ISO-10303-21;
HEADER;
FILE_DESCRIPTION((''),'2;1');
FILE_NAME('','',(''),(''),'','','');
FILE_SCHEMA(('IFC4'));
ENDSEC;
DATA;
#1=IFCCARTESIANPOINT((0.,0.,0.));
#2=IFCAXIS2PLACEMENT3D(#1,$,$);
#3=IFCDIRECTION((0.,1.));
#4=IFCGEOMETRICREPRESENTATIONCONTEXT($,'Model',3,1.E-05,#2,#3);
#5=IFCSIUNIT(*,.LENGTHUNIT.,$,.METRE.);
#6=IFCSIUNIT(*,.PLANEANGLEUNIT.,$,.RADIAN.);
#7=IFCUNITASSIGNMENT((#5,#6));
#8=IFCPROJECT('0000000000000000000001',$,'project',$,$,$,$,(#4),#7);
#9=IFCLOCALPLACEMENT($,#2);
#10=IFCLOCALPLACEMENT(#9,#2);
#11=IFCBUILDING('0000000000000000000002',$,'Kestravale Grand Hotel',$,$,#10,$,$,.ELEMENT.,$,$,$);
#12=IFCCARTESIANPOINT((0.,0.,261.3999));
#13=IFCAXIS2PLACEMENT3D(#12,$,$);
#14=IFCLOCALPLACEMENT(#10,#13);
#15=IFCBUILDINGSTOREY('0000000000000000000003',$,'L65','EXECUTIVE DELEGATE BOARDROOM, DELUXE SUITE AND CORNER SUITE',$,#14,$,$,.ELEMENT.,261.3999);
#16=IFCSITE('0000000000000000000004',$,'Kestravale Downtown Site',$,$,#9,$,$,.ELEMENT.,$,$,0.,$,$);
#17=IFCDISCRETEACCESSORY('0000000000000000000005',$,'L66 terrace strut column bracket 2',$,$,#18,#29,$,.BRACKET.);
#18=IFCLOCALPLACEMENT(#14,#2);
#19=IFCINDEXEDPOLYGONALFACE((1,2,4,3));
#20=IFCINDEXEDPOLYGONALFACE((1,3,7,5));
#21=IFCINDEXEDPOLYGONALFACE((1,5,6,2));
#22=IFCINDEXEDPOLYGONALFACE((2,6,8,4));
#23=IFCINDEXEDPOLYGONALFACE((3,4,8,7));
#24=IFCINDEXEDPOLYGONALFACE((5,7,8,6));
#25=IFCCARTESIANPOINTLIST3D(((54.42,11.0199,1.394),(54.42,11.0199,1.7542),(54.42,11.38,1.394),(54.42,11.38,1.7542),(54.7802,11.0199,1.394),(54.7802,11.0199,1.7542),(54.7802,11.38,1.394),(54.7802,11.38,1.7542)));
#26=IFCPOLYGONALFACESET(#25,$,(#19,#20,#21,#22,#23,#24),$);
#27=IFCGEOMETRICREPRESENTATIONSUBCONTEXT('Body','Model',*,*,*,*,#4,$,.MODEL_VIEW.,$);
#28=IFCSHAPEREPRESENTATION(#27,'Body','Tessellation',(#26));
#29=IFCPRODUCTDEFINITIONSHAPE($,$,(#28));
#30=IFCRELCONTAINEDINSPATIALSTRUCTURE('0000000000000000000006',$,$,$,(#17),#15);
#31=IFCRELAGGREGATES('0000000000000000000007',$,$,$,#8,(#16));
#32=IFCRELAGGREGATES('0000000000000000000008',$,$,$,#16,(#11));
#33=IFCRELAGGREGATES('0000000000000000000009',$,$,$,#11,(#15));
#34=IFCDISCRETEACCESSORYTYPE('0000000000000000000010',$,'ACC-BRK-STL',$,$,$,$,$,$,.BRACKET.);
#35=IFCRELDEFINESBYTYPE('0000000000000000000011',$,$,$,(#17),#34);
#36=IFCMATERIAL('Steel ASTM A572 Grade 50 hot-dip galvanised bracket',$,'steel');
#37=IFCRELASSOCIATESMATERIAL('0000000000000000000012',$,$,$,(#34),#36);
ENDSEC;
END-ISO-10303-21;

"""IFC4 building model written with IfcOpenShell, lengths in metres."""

from ifc_helpers import new_model, si_unit, direction, frame, origin, origin_2d, place, context, subcontext, project, spatial, rectangle, extrude, material, type_object, element, save


model = new_model("IFC4")

# Units and contexts
model_context = context("Model", 3, precision=1e-05, world=origin(), true_north=direction((0.0, 1.0)))
body_context = subcontext(model_context, "Body", "Model", "MODEL_VIEW")
ifc_project = project(units=[si_unit("LENGTHUNIT", "METRE"), si_unit("PLANEANGLEUNIT", "RADIAN")], contexts=[model_context])

# Site, building, storey
site_placement = place(None, origin())
site = spatial("IfcSite", under=ifc_project, at=site_placement, Name="Kestravale Downtown Site", CompositionType="ELEMENT", RefElevation=0.0)
building_placement = place(site_placement, origin())
building = spatial("IfcBuilding", under=site, at=building_placement, Name="Kestravale Grand Hotel", CompositionType="ELEMENT")
storey_placement = place(building_placement, frame((0.0, 0.0, 261.3999)))
storey = spatial("IfcBuildingStorey", under=building, at=storey_placement, Name="L65", Description="EXECUTIVE DELEGATE BOARDROOM, DELUXE SUITE AND CORNER SUITE", CompositionType="ELEMENT", Elevation=261.3999)

# Discrete accessory
ifc_material_1 = material(Name="Steel ASTM A572 Grade 50 hot-dip galvanised bracket", Category="steel")
discrete_accessory_type = type_object("IfcDiscreteAccessoryType", Name="ACC-BRK-STL", PredefinedType="BRACKET", material=ifc_material_1)
discrete_accessory_placement = place(storey_placement, frame((54.6001, 11.2, 1.394), z_axis=(0.0, 0.0, 1.0), x_axis=(1.0, 0.0, 0.0)))
element("IfcDiscreteAccessory", 1, at=discrete_accessory_placement, inside=storey, type_object=discrete_accessory_type, Name="L66 terrace strut column bracket 2", PredefinedType="BRACKET", context=body_context, shape_type="SweptSolid", body=[
    extrude(rectangle(XDim=0.3601, YDim=0.3601, at=origin_2d()), origin(), (0.0, 0.0, 1.0), 0.3601),
])

save(model, "model.ifc")
